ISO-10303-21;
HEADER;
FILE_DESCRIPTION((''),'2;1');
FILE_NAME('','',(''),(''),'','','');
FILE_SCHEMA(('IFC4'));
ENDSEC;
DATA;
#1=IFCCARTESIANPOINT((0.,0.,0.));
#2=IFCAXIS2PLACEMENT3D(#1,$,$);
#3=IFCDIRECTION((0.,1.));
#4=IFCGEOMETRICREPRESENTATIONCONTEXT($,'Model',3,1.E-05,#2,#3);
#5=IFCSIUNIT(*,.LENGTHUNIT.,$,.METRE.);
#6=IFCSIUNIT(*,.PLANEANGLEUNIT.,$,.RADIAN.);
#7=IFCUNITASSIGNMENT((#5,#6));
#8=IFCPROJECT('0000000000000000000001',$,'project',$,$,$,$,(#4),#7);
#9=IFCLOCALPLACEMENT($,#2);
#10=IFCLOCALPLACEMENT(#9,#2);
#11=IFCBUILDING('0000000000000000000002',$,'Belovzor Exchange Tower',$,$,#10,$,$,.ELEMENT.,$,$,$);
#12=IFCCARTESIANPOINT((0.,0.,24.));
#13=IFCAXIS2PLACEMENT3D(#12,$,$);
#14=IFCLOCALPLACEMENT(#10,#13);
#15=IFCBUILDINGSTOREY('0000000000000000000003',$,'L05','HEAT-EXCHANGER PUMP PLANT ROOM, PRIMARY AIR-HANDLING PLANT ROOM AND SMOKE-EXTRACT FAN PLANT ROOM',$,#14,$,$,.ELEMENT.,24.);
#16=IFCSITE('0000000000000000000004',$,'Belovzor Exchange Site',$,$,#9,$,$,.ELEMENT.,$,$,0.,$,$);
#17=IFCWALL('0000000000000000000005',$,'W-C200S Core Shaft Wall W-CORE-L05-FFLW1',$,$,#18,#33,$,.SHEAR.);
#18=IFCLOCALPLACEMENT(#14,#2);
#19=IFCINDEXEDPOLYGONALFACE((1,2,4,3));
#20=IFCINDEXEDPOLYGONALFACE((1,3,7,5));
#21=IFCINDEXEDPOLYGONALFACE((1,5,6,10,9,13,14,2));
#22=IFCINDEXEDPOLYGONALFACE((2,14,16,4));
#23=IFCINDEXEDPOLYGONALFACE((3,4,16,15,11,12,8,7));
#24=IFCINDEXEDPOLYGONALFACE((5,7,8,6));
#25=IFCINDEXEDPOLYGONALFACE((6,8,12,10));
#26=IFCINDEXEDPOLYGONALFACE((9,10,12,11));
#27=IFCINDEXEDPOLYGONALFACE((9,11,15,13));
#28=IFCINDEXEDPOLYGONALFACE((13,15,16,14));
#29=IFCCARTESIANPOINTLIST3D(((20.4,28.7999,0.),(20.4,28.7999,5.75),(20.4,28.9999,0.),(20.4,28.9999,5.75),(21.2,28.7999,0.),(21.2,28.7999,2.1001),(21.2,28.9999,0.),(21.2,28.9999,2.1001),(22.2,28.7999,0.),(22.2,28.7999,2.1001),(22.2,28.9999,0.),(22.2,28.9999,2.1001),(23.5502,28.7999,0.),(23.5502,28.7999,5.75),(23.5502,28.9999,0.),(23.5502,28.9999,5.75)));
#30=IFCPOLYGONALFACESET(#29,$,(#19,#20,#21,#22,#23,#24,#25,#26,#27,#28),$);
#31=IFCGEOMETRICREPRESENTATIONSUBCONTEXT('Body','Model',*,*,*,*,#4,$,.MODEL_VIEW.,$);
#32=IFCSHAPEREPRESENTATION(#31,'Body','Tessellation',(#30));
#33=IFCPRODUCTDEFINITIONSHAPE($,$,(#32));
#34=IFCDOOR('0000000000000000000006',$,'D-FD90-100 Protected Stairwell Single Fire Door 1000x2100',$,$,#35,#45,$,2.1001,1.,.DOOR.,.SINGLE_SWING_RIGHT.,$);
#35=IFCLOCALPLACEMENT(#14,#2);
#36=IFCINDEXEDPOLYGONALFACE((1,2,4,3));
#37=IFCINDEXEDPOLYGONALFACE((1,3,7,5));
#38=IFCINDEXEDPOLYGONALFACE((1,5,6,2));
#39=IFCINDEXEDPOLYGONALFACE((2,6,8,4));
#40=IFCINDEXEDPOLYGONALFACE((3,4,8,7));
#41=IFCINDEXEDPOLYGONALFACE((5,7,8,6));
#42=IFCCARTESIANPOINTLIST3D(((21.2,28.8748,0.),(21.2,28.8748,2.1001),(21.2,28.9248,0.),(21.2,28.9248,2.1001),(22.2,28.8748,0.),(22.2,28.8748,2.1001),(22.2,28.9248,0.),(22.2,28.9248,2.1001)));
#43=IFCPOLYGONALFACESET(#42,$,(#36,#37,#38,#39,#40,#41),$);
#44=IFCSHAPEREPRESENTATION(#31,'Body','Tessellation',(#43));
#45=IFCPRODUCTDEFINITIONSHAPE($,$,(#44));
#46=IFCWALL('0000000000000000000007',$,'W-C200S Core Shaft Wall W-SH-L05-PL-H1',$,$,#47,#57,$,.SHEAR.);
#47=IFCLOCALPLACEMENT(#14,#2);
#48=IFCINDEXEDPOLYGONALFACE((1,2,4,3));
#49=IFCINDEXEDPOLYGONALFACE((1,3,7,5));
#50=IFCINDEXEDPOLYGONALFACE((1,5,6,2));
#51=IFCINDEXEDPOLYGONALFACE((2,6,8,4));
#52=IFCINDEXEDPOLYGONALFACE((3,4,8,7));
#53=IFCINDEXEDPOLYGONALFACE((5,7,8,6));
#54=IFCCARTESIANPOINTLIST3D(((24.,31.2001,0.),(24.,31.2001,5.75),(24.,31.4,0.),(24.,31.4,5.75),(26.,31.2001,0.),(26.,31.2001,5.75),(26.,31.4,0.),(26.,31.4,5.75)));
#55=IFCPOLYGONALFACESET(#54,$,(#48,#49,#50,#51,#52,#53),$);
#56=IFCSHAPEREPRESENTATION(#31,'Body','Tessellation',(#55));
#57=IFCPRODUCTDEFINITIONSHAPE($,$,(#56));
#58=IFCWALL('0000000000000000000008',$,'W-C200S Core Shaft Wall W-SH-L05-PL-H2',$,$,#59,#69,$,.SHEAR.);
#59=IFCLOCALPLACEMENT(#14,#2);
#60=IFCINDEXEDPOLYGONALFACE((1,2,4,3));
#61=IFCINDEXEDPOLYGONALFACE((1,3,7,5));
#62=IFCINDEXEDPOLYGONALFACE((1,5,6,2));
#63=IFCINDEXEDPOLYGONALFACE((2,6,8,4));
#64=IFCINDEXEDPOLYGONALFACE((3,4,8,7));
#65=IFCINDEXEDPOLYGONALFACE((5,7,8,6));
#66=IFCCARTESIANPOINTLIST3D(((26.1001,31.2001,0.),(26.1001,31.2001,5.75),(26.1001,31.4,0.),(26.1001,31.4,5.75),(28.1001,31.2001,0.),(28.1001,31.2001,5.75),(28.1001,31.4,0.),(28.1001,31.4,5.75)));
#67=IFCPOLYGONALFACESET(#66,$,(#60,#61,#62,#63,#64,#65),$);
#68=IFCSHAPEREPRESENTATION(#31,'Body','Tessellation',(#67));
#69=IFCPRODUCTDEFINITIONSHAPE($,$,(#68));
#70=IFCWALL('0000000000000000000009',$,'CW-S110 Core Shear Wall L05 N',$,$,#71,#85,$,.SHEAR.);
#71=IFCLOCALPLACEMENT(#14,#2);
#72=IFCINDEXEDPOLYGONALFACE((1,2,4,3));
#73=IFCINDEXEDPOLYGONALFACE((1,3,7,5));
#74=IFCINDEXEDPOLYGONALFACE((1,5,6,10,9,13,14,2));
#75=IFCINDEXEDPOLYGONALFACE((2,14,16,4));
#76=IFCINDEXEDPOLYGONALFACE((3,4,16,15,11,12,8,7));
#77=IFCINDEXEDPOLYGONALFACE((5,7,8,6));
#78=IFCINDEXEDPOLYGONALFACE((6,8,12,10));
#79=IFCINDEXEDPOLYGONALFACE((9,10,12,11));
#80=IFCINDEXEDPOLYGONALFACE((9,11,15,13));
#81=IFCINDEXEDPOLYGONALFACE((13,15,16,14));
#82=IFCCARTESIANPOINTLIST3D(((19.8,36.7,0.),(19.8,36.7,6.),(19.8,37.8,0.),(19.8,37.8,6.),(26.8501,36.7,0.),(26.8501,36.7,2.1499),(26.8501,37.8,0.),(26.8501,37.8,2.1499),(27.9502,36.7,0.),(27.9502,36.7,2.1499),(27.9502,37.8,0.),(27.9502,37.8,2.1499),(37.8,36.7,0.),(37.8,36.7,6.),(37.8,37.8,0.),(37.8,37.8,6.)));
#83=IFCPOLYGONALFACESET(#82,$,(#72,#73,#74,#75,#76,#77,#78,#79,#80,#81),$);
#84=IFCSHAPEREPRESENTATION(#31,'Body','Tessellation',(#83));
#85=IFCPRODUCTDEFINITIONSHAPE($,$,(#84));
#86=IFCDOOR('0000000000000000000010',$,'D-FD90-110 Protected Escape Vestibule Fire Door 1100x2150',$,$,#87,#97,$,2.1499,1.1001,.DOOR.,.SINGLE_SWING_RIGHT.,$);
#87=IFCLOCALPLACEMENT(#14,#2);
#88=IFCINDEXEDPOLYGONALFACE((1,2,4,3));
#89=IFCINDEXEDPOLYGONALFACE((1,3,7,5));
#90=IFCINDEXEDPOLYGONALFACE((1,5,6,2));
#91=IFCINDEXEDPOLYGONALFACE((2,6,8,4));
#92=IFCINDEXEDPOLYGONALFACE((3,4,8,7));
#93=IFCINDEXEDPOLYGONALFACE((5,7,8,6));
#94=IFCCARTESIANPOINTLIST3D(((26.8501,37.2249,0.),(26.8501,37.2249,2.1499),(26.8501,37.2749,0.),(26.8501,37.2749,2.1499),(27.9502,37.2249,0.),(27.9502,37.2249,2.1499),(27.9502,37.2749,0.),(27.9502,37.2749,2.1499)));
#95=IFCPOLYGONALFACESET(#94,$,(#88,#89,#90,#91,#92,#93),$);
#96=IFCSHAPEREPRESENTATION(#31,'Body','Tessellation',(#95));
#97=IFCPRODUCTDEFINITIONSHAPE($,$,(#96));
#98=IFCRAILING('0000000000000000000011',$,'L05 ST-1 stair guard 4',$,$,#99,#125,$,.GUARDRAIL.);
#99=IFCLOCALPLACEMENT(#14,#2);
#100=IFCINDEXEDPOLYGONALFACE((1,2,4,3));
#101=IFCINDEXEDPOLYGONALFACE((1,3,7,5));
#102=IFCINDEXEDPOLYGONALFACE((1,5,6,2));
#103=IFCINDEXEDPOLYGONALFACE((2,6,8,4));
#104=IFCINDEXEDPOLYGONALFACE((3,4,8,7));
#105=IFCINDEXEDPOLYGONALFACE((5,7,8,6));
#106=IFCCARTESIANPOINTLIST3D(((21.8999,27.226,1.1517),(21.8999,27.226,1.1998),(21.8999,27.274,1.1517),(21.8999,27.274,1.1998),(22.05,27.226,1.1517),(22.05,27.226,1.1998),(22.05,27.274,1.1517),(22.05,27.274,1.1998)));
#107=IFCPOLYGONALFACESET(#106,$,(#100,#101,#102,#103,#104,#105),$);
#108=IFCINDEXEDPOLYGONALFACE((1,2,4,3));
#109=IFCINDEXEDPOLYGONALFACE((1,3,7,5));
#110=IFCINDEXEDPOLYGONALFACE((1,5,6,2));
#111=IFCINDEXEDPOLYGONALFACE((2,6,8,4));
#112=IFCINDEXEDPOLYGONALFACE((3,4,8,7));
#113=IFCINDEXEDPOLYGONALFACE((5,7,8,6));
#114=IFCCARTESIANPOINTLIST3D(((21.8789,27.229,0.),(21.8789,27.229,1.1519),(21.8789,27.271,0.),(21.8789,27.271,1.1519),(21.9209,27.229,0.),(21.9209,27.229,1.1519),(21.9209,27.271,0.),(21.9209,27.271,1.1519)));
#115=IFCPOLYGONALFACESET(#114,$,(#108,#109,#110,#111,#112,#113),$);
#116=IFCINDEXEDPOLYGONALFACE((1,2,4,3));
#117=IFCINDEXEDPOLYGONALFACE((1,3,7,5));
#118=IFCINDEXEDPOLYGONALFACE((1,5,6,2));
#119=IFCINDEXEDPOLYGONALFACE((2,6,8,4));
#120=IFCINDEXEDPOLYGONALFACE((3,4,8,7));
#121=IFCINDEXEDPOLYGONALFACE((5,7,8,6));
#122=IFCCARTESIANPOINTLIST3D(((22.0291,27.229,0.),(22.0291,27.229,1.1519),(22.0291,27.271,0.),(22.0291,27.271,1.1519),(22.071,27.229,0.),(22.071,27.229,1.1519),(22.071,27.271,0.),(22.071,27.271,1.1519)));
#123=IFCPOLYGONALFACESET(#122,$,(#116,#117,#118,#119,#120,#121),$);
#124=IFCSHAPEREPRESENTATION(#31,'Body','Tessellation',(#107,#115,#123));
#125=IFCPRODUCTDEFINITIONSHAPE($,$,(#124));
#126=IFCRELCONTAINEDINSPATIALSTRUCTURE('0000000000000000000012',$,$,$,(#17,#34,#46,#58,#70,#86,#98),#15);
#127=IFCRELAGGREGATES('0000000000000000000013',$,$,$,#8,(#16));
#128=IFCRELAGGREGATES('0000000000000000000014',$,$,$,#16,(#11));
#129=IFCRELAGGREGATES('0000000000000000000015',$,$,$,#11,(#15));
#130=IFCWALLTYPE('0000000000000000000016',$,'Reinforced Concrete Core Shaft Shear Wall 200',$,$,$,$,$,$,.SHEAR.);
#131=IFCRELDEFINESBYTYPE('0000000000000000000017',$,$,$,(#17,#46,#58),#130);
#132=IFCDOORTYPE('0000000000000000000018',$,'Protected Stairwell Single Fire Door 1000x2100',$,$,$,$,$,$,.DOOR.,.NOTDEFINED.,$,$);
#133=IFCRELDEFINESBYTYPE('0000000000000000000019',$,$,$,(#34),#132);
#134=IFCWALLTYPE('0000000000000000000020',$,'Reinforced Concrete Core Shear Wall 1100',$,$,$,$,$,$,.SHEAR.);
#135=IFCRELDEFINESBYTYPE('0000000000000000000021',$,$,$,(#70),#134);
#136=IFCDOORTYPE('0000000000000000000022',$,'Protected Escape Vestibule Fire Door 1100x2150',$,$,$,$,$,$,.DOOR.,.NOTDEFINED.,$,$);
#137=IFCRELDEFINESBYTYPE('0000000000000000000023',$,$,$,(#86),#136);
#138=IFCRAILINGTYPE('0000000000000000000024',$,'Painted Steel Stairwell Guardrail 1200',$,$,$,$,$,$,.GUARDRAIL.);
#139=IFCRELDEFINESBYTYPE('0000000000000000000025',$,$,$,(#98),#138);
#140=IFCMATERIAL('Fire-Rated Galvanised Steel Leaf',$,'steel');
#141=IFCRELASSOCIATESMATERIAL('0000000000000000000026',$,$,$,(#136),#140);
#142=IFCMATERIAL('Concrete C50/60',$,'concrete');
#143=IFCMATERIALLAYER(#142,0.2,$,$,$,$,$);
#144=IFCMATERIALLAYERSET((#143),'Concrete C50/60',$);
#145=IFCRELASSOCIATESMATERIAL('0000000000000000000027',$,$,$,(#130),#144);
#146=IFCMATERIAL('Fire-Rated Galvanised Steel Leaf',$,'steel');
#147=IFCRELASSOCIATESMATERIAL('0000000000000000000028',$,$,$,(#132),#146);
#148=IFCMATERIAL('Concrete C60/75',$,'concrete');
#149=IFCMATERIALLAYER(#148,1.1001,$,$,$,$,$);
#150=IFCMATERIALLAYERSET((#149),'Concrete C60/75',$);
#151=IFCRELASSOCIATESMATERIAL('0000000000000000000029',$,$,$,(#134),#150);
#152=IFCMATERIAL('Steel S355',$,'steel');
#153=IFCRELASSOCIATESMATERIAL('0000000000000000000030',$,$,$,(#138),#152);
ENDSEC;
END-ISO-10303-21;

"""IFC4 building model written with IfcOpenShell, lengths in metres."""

from ifc_helpers import new_model, si_unit, direction, frame, frame_2d, origin, origin_2d, place, context, subcontext, project, spatial, rectangle, extrude, material, layer, layer_set, type_object, element, fill, save


model = new_model("IFC4")

# Units and contexts
model_context = context("Model", 3, precision=1e-05, world=origin(), true_north=direction((0.0, 1.0)))
body_context = subcontext(model_context, "Body", "Model", "MODEL_VIEW")
ifc_project = project(units=[si_unit("LENGTHUNIT", "METRE"), si_unit("PLANEANGLEUNIT", "RADIAN")], contexts=[model_context])

# Site, building, storey
site_placement = place(None, origin())
site = spatial("IfcSite", under=ifc_project, at=site_placement, Name="Belovzor Exchange Site", CompositionType="ELEMENT", RefElevation=0.0)
building_placement = place(site_placement, origin())
building = spatial("IfcBuilding", under=site, at=building_placement, Name="Belovzor Exchange Tower", CompositionType="ELEMENT")
storey_placement = place(building_placement, frame((0.0, 0.0, 24.0)))
storey = spatial("IfcBuildingStorey", under=building, at=storey_placement, Name="L05", Description="HEAT-EXCHANGER PUMP PLANT ROOM, PRIMARY AIR-HANDLING PLANT ROOM AND SMOKE-EXTRACT FAN PLANT ROOM", CompositionType="ELEMENT", Elevation=24.0)

# Shared definitions
ifc_material_1 = material(Name="Fire-Rated Galvanised Steel Leaf", Category="steel")
door_type_1 = type_object("IfcDoorType", Name="Protected Escape Vestibule Fire Door 1100x2150", OperationType="NOTDEFINED", PredefinedType="DOOR", material=ifc_material_1)

# Wall, opening, door
ifc_material_2 = material(Name="Concrete C50/60", Category="concrete")
ifc_layer_1 = layer(ifc_material_2, 0.2)
ifc_layer_set_1 = layer_set([ifc_layer_1], Name="Concrete C50/60")
wall_type_1 = type_object("IfcWallType", Name="Reinforced Concrete Core Shaft Shear Wall 200", PredefinedType="SHEAR", material=ifc_layer_set_1)
wall_1_placement = place(storey_placement, frame((20.3999, 28.8999, 0.0), z_axis=(0.0, 0.0, 1.0), x_axis=(1.0, 0.0, 0.0)))
wall_1 = element("IfcWall", 1, at=wall_1_placement, inside=storey, type_object=wall_type_1, Name="W-C200S Core Shaft Wall W-CORE-L05-FFLW1", PredefinedType="SHEAR", context=body_context, shape_type="SweptSolid", body=[
    extrude(rectangle(XDim=3.1501, YDim=0.2, at=frame_2d((1.5752, 0.0))), origin(), (0.0, 0.0, 1.0), 5.75),
])
opening_1_placement = place(wall_1_placement, frame((0.8, 0.0, 0.0)))
opening_1 = element("IfcOpeningElement", 2, at=opening_1_placement, cuts=wall_1, PredefinedType="OPENING", context=body_context, shape_type="SweptSolid", body=[
    extrude(rectangle(XDim=1.0, YDim=2.1001, at=frame_2d((0.5, 1.05))), frame((0.0, 0.1099, 0.0), z_axis=(0.0, -1.0, 0.0), x_axis=(1.0, 0.0, 0.0)), (0.0, 0.0, 1.0), 0.22),
])
ifc_material_3 = material(Name="Fire-Rated Galvanised Steel Leaf", Category="steel")
door_type_2 = type_object("IfcDoorType", Name="Protected Stairwell Single Fire Door 1000x2100", OperationType="NOTDEFINED", PredefinedType="DOOR", material=ifc_material_3)
door_1_placement = place(opening_1_placement, origin())
door_1 = element("IfcDoor", 3, at=door_1_placement, inside=storey, type_object=door_type_2, Name="D-FD90-100 Protected Stairwell Single Fire Door 1000x2100", OperationType="SINGLE_SWING_RIGHT", OverallHeight=2.1001, OverallWidth=1.0, PredefinedType="DOOR", context=body_context, shape_type="SweptSolid", body=[
    extrude(rectangle(XDim=1.0, YDim=2.1001, at=frame_2d((0.5, 1.05))), frame((0.0, 0.0249, 0.0), z_axis=(0.0, -1.0, 0.0), x_axis=(1.0, 0.0, 0.0)), (0.0, 0.0, 1.0), 0.05),
])
fill(opening_1, door_1)

# Walls
for number, where, z_axis, x_axis, name in (
    (4, (24.0, 31.3, 0.0), (0.0, 0.0, 1.0), (1.0, 0.0, 0.0), "W-C200S Core Shaft Wall W-SH-L05-PL-H1"),
    (5, (26.1001, 31.3, 0.0), (0.0, 0.0, 1.0), (1.0, 0.0, 0.0), "W-C200S Core Shaft Wall W-SH-L05-PL-H2"),
):
    element("IfcWall", number, at=place(storey_placement, frame(where, z_axis=z_axis, x_axis=x_axis)), inside=storey, type_object=wall_type_1, Name=name, PredefinedType="SHEAR", context=body_context, shape_type="SweptSolid", body=[
        extrude(rectangle(XDim=2.0, YDim=0.2, at=frame_2d((1.0, 0.0))), origin(), (0.0, 0.0, 1.0), 5.75),
    ])

# Wall, opening, door
ifc_material_4 = material(Name="Concrete C60/75", Category="concrete")
ifc_layer_2 = layer(ifc_material_4, 1.1001)
ifc_layer_set_2 = layer_set([ifc_layer_2], Name="Concrete C60/75")
wall_type_2 = type_object("IfcWallType", Name="Reinforced Concrete Core Shear Wall 1100", PredefinedType="SHEAR", material=ifc_layer_set_2)
wall_2_placement = place(storey_placement, frame((19.8, 37.25, 0.0), z_axis=(0.0, 0.0, 1.0), x_axis=(1.0, 0.0, 0.0)))
wall_2 = element("IfcWall", 6, at=wall_2_placement, inside=storey, type_object=wall_type_2, Name="CW-S110 Core Shear Wall L05 N", PredefinedType="SHEAR", context=body_context, shape_type="SweptSolid", body=[
    extrude(rectangle(XDim=18.0, YDim=1.1001, at=frame_2d((9.0, 0.0))), origin(), (0.0, 0.0, 1.0), 6.0),
])
opening_2_placement = place(wall_2_placement, frame((7.05, 0.0, 0.0)))
opening_2 = element("IfcOpeningElement", 7, at=opening_2_placement, cuts=wall_2, PredefinedType="OPENING", context=body_context, shape_type="SweptSolid", body=[
    extrude(rectangle(XDim=1.1001, YDim=2.1499, at=frame_2d((0.55, 1.075))), frame((0.0, 0.5601, 0.0), z_axis=(0.0, -1.0, 0.0), x_axis=(1.0, 0.0, 0.0)), (0.0, 0.0, 1.0), 1.1201),
])
door_2_placement = place(opening_2_placement, origin())
door_2 = element("IfcDoor", 8, at=door_2_placement, inside=storey, type_object=door_type_1, Name="D-FD90-110 Protected Escape Vestibule Fire Door 1100x2150", OperationType="SINGLE_SWING_RIGHT", OverallHeight=2.1499, OverallWidth=1.1001, PredefinedType="DOOR", context=body_context, shape_type="SweptSolid", body=[
    extrude(rectangle(XDim=1.1001, YDim=2.1499, at=frame_2d((0.55, 1.075))), frame((0.0, 0.0249, 0.0), z_axis=(0.0, -1.0, 0.0), x_axis=(1.0, 0.0, 0.0)), (0.0, 0.0, 1.0), 0.05),
])
fill(opening_2, door_2)

# Railing
ifc_material_5 = material(Name="Steel S355", Category="steel")
railing_type = type_object("IfcRailingType", Name="Painted Steel Stairwell Guardrail 1200", PredefinedType="GUARDRAIL", material=ifc_material_5)
railing_placement = place(storey_placement, frame((21.8999, 27.25, 0.0)))
element("IfcRailing", 9, at=railing_placement, inside=storey, type_object=railing_type, Name="L05 ST-1 stair guard 4", PredefinedType="GUARDRAIL", context=body_context, shape_type="SweptSolid", body=[
    extrude(rectangle(XDim=0.0481, YDim=0.0481, at=origin_2d()), frame((0.0, 0.0, 1.1758), z_axis=(1.0, 0.0, 0.0), x_axis=(0.0, 1.0, 0.0)), (0.0, 0.0, 1.0), 0.1501),
    extrude(rectangle(XDim=0.042, YDim=0.042, at=origin_2d()), origin(), (0.0, 0.0, 1.0), 1.1519),
    extrude(rectangle(XDim=0.042, YDim=0.042, at=origin_2d()), frame((0.1501, 0.0, 0.0)), (0.0, 0.0, 1.0), 1.1519),
])

save(model, "model.ifc")
